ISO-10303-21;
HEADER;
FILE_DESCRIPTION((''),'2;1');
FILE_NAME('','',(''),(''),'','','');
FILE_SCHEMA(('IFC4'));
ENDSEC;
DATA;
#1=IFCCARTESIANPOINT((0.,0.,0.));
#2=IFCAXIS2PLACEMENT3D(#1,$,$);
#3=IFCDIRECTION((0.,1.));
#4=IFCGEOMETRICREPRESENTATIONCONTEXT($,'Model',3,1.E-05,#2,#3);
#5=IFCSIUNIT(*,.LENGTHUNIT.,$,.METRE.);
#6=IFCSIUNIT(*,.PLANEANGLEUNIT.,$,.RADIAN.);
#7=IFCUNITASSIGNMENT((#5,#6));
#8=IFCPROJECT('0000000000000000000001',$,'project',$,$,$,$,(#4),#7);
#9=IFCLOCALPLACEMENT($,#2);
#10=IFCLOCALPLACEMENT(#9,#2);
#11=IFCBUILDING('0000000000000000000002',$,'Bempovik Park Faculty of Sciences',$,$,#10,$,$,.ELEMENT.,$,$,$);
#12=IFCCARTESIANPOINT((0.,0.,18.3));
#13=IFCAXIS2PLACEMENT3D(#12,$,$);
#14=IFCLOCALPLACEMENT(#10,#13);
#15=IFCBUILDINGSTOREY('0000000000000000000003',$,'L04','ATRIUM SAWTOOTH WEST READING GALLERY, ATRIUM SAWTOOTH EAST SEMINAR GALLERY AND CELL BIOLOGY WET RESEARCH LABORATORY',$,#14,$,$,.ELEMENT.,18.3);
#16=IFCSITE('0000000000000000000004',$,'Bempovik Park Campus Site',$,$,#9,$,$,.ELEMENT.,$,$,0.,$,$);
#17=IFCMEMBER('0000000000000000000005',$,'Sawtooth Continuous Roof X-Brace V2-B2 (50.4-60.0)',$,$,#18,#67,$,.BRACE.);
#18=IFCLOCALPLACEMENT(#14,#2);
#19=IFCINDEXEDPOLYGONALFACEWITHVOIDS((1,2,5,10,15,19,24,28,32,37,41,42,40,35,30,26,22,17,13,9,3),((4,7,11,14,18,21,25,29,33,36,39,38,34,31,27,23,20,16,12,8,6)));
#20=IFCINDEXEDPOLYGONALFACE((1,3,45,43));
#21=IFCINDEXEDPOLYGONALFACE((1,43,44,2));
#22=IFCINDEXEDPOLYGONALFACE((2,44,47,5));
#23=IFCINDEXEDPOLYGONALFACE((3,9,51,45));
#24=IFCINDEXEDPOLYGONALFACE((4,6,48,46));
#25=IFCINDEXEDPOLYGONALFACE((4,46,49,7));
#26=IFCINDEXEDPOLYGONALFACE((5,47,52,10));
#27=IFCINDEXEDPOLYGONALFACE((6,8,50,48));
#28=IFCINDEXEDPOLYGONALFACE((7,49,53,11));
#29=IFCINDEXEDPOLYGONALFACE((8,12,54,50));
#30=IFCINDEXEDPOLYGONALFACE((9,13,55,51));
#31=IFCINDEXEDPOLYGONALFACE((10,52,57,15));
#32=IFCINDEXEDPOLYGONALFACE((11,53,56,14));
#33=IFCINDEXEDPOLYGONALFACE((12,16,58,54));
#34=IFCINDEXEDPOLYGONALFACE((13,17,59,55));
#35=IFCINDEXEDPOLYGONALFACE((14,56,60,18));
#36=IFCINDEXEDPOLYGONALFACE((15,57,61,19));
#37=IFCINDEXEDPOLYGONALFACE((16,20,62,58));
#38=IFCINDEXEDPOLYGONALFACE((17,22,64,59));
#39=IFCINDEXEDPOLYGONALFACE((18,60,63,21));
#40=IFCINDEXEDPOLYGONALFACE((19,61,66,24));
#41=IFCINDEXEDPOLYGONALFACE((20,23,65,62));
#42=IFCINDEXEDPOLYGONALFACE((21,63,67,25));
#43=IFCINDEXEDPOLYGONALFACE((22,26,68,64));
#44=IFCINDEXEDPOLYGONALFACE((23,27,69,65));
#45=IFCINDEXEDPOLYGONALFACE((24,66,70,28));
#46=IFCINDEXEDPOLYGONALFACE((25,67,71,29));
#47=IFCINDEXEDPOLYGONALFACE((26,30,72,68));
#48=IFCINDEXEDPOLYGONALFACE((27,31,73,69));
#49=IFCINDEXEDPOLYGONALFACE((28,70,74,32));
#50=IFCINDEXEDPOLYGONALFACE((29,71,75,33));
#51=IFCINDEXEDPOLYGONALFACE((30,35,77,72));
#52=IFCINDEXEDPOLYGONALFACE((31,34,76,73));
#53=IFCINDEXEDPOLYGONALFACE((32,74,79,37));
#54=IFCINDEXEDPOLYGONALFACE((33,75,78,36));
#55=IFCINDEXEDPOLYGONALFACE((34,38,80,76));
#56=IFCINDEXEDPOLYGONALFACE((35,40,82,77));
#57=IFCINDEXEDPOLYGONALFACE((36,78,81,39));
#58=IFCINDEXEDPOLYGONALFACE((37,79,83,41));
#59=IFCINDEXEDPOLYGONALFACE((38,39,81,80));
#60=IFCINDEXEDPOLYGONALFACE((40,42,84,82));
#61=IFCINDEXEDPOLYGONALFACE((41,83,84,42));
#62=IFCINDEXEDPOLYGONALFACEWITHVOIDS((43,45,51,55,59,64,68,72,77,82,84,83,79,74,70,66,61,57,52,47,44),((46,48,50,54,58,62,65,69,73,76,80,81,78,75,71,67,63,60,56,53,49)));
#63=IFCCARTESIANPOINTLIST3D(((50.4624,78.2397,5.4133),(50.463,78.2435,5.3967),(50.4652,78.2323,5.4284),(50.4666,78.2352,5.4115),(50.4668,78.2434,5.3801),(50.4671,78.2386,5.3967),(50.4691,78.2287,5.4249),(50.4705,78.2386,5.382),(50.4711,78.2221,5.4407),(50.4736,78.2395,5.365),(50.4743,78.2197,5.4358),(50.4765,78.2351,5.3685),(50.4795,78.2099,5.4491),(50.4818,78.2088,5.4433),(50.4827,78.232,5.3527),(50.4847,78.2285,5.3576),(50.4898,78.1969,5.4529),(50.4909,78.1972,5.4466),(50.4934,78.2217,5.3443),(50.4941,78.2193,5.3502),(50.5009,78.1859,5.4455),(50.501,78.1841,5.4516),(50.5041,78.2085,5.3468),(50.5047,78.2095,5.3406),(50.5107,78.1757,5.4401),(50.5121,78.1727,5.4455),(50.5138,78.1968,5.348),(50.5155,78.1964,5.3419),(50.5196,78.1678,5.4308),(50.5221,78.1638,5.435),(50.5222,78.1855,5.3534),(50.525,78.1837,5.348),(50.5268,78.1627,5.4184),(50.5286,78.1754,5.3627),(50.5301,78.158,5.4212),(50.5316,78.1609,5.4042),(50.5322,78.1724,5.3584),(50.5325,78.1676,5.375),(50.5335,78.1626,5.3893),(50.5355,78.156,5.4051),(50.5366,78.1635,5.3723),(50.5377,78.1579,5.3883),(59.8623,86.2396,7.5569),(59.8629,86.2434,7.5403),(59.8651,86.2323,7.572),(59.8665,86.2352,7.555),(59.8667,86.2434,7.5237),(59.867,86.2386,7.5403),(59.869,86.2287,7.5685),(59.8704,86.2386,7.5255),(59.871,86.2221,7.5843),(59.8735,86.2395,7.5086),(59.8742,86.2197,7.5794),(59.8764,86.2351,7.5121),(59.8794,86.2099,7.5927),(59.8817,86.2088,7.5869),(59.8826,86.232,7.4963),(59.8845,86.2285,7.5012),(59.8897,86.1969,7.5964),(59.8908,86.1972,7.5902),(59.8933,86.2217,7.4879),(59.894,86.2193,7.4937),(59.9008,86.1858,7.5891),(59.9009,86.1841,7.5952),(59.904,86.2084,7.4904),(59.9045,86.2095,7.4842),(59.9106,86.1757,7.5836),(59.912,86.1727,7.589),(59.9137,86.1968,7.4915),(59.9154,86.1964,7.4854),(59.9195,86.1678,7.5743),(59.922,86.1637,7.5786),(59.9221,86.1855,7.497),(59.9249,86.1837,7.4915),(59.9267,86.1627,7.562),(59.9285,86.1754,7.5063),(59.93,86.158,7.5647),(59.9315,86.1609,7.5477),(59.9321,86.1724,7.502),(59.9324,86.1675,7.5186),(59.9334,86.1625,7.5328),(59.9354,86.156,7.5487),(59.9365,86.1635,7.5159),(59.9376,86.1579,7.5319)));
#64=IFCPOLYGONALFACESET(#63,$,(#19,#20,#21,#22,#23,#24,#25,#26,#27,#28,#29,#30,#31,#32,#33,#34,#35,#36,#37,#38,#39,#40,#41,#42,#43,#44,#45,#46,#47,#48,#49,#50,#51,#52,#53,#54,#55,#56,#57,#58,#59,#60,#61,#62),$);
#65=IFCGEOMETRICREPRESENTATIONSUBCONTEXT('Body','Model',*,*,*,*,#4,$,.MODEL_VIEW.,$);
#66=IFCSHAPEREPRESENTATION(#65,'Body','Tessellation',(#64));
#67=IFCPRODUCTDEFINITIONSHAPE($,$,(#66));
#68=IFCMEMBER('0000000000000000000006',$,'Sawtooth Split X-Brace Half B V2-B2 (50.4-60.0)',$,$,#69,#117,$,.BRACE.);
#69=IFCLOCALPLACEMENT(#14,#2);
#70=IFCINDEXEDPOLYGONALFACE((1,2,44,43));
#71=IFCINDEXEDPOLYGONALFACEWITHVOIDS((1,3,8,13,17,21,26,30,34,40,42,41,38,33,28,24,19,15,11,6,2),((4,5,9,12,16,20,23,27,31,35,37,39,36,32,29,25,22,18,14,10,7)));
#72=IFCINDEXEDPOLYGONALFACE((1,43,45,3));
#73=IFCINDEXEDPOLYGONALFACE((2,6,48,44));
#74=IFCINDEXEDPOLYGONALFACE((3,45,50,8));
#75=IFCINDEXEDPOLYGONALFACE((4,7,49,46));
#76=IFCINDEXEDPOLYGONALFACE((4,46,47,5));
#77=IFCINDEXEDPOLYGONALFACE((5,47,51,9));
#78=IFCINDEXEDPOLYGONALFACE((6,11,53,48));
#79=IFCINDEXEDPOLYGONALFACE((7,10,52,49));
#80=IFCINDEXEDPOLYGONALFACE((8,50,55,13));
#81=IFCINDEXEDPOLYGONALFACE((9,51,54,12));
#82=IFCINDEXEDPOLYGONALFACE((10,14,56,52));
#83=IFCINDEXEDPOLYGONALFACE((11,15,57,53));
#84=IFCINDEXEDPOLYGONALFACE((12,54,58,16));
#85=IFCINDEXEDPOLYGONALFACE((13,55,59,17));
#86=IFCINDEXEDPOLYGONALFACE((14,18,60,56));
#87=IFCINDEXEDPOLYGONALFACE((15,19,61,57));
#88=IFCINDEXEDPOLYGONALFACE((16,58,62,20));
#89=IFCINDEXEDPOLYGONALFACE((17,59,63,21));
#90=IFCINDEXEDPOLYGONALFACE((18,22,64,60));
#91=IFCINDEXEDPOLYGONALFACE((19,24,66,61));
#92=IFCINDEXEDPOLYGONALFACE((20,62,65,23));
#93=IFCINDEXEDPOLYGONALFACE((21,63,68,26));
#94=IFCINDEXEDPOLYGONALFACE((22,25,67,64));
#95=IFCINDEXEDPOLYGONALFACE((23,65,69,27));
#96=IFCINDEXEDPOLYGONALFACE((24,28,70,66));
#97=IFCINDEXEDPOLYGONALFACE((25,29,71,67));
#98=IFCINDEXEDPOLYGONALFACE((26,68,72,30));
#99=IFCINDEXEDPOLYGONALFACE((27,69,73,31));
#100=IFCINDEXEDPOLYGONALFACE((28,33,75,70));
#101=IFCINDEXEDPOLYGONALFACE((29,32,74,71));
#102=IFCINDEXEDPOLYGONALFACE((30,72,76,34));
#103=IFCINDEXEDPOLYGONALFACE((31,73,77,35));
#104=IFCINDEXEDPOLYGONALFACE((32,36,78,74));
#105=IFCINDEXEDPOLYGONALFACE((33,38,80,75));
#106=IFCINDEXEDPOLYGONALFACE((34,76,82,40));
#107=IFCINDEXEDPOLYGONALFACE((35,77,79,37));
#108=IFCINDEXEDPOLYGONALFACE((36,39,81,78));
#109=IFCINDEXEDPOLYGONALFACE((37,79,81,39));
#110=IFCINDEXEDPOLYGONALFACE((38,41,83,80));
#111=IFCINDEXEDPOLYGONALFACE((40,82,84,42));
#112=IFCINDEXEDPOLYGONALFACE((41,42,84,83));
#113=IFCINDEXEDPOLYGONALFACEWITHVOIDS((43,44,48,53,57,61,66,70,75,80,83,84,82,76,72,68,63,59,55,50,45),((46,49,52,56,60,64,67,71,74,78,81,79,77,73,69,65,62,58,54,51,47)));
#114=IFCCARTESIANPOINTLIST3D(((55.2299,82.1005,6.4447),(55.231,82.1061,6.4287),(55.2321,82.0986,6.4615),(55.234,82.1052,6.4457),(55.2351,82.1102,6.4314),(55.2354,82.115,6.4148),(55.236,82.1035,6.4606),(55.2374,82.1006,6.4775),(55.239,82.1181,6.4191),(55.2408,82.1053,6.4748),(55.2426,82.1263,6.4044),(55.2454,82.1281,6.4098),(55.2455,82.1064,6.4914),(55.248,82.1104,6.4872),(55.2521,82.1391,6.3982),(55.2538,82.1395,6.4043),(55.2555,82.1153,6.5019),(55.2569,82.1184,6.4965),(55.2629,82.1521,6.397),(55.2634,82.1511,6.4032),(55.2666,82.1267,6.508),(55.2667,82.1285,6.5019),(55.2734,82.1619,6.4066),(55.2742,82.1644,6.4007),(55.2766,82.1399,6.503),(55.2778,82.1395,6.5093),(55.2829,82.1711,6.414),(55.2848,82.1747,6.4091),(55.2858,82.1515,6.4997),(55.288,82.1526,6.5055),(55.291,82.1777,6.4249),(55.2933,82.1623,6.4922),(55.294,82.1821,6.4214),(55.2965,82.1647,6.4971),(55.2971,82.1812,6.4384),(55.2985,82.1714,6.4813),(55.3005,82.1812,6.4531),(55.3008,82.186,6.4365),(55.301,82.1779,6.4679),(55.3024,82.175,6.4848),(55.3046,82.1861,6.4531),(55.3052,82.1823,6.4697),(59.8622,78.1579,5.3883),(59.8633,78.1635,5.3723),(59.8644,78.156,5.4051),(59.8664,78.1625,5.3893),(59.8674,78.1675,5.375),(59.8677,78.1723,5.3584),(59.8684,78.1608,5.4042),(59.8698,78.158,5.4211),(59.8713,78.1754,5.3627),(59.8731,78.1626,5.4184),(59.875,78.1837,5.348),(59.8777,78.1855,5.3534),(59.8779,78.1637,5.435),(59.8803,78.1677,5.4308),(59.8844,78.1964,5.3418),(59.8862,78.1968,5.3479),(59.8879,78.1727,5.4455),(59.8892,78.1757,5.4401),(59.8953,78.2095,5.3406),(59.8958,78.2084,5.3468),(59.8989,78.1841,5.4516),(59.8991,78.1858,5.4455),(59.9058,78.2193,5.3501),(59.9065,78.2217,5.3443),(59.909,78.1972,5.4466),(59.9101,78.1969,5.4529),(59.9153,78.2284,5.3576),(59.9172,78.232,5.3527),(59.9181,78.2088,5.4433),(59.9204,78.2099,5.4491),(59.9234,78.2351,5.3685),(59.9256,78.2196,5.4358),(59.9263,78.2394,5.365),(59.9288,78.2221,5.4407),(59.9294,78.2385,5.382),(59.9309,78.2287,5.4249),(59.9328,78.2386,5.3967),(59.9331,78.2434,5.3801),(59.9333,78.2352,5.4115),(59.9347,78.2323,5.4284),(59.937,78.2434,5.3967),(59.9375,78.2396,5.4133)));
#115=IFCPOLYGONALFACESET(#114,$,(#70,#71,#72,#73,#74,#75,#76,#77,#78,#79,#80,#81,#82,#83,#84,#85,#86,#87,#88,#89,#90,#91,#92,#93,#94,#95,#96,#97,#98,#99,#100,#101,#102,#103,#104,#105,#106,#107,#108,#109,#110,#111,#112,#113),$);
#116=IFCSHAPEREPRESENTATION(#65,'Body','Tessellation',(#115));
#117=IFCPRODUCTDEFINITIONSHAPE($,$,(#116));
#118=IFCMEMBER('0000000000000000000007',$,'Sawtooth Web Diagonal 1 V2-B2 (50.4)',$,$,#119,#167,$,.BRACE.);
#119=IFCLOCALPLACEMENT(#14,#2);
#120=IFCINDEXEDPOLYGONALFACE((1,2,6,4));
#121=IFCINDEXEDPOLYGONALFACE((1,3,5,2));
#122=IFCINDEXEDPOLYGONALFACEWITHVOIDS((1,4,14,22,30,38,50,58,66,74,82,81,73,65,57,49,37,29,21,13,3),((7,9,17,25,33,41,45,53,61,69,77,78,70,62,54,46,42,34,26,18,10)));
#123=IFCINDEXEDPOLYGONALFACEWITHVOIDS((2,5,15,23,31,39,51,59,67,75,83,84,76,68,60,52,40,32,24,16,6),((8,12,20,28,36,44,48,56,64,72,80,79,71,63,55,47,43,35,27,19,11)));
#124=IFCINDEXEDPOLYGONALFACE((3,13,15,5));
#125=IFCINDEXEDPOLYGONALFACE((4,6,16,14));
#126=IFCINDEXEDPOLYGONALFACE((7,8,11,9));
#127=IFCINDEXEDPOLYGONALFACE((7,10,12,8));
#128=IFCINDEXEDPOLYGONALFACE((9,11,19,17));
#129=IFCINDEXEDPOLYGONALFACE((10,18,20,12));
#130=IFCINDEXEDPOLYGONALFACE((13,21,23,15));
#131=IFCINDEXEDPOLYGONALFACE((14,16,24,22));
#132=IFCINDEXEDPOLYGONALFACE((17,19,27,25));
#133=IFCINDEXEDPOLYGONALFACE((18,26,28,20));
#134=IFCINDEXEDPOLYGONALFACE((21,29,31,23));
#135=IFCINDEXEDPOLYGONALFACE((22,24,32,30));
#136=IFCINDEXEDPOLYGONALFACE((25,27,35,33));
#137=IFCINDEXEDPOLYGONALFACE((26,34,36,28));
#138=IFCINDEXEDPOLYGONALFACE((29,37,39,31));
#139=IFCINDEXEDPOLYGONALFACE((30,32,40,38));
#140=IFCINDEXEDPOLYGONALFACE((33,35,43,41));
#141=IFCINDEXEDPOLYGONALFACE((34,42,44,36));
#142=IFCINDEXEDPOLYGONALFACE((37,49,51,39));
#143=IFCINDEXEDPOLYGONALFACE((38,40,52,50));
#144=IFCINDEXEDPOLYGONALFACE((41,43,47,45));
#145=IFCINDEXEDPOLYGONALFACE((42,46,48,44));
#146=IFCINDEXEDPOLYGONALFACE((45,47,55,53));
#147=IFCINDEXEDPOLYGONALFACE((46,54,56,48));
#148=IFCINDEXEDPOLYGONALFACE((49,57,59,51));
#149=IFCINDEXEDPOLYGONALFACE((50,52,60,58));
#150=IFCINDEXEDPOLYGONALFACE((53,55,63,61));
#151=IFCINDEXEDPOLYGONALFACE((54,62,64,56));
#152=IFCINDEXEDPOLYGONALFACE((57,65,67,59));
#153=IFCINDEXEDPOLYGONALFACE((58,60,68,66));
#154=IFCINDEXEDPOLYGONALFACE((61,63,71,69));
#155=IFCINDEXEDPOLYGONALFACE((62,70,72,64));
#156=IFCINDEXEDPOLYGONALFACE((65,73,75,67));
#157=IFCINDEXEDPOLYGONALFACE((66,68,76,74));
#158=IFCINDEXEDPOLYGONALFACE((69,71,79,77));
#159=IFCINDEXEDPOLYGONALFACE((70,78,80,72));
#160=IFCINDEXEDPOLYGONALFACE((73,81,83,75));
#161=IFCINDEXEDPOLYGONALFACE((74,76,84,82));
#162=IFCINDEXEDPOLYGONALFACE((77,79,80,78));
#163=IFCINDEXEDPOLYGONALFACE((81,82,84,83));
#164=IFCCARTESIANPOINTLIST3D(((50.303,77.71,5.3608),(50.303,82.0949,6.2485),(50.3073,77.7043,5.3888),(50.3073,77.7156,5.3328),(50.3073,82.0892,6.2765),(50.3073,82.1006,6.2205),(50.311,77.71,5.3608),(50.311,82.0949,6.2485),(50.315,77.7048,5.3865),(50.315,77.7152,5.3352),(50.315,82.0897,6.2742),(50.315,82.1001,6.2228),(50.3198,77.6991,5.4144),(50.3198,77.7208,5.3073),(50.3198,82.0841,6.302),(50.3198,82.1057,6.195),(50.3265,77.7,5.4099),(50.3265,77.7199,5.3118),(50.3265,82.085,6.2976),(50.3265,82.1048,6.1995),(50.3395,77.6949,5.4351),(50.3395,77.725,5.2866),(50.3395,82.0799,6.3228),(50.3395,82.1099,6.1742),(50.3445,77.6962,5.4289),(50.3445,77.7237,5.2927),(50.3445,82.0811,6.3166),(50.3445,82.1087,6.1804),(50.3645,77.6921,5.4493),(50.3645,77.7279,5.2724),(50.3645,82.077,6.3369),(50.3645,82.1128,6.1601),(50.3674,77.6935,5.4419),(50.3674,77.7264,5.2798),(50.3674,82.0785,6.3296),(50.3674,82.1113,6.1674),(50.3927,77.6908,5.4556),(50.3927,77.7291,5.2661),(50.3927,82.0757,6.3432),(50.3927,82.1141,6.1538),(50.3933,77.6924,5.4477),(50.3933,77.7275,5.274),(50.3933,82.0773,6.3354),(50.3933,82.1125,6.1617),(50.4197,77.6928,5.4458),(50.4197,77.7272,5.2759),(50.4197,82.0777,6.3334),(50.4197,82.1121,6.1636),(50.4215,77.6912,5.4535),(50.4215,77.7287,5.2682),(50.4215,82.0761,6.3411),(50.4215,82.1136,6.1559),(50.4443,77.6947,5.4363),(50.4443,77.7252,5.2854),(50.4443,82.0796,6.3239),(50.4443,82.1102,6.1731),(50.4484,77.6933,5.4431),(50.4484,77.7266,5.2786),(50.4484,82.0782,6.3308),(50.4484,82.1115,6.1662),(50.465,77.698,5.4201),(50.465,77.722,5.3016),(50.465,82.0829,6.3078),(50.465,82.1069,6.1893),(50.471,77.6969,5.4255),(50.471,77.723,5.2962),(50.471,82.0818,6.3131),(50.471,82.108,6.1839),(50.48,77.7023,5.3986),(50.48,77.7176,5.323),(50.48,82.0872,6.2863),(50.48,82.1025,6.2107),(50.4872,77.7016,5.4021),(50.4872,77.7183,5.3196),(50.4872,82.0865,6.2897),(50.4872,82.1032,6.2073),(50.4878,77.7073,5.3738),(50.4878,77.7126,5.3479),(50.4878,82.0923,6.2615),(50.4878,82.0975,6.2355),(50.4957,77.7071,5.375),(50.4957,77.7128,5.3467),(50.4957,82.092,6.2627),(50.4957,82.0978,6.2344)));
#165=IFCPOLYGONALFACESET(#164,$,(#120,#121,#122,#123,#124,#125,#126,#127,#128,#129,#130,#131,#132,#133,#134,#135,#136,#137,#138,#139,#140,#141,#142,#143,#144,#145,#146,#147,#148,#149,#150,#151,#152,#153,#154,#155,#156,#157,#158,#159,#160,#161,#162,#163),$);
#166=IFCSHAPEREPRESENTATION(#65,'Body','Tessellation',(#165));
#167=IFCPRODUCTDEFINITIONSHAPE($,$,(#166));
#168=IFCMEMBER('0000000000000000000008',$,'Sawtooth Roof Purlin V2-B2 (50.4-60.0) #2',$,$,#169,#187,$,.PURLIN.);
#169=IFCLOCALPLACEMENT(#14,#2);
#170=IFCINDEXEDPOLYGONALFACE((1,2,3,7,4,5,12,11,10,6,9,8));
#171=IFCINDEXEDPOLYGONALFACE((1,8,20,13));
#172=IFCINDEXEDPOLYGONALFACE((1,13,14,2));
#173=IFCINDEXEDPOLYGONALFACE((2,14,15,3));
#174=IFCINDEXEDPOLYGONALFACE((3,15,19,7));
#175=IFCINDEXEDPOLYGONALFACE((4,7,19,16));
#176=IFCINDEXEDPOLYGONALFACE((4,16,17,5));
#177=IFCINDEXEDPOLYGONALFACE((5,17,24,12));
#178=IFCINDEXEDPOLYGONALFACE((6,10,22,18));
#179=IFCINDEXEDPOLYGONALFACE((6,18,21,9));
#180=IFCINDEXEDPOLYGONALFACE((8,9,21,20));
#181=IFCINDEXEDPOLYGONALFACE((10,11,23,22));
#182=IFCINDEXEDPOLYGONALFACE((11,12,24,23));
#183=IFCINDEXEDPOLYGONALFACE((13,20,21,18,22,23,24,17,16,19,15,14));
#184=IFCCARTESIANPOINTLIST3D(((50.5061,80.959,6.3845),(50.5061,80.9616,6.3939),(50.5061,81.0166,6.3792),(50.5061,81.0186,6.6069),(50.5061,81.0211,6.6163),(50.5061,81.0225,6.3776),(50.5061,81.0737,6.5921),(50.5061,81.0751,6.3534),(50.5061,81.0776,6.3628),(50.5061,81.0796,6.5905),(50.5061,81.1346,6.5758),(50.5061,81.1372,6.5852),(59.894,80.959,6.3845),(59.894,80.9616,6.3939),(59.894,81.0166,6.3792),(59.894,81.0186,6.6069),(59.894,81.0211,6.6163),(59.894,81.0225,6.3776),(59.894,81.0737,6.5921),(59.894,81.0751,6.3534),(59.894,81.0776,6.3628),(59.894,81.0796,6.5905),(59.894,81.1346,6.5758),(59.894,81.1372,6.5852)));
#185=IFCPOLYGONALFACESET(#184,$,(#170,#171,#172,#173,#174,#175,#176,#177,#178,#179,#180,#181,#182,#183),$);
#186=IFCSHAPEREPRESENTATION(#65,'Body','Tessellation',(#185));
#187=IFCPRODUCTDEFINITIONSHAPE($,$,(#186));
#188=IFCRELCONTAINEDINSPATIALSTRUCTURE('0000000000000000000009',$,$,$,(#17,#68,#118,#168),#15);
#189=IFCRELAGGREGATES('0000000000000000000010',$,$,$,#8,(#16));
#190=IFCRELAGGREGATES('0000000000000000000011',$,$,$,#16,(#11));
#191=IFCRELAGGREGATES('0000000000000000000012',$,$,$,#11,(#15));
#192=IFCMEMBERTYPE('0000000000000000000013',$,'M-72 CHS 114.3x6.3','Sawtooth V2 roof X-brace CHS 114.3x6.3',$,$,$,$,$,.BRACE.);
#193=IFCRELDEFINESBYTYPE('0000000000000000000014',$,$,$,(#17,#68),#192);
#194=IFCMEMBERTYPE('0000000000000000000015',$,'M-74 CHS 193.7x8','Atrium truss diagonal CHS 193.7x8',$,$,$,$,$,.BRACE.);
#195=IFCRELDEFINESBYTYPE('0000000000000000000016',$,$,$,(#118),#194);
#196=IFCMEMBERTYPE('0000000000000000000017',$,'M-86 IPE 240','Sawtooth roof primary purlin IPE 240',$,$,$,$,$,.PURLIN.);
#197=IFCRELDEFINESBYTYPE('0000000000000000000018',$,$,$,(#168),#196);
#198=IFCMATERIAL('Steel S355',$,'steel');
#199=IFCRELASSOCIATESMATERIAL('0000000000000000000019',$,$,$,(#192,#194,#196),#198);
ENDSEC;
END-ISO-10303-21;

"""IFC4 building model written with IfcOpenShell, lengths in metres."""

from ifc_helpers import new_model, si_unit, direction, frame, origin, origin_2d, place, context, subcontext, project, spatial, hollow_circle, i_section, extrude, material, material_profile, profile_set, type_object, element, save


model = new_model("IFC4")

# Units and contexts
model_context = context("Model", 3, precision=1e-05, world=origin(), true_north=direction((0.0, 1.0)))
body_context = subcontext(model_context, "Body", "Model", "MODEL_VIEW")
ifc_project = project(units=[si_unit("LENGTHUNIT", "METRE"), si_unit("PLANEANGLEUNIT", "RADIAN")], contexts=[model_context])

# Site, building, storey
site_placement = place(None, origin())
site = spatial("IfcSite", under=ifc_project, at=site_placement, Name="Bempovik Park Campus Site", CompositionType="ELEMENT", RefElevation=0.0)
building_placement = place(site_placement, origin())
building = spatial("IfcBuilding", under=site, at=building_placement, Name="Bempovik Park Faculty of Sciences", CompositionType="ELEMENT")
storey_placement = place(building_placement, frame((0.0, 0.0, 18.3)))
storey = spatial("IfcBuildingStorey", under=building, at=storey_placement, Name="L04", Description="ATRIUM SAWTOOTH WEST READING GALLERY, ATRIUM SAWTOOTH EAST SEMINAR GALLERY AND CELL BIOLOGY WET RESEARCH LABORATORY", CompositionType="ELEMENT", Elevation=18.3)

# Shared definitions
ifc_material_1 = material(Name="Steel S355", Category="steel")

# Members
ifc_material_profile_1 = material_profile(ifc_material_1, hollow_circle(Radius=0.0571, WallThickness=0.0063, at=origin_2d()), Name="CHS 114.3x6.3")
ifc_profile_set_1 = profile_set([ifc_material_profile_1], Name="Steel S355")
member_type_1 = type_object("IfcMemberType", Name="M-72 CHS 114.3x6.3", Description="Sawtooth V2 roof X-brace CHS 114.3x6.3", PredefinedType="BRACE", material=ifc_profile_set_1)
member_1_placement = place(storey_placement, frame((50.5, 78.2, 5.3967), z_axis=(0.750306, 0.638565, 0.1711), x_axis=(-0.648123, 0.761536, 0.0)))
element("IfcMember", 1, at=member_1_placement, inside=storey, type_object=member_type_1, Name="Sawtooth Continuous Roof X-Brace V2-B2 (50.4-60.0)", PredefinedType="BRACE", context=body_context, shape_type="SweptSolid", body=[
    extrude(hollow_circle(Radius=0.0571, WallThickness=0.0063, at=origin_2d()), origin(), (0.0, 0.0, 1.0), 12.5281),
])
member_2_placement = place(storey_placement, frame((55.2676, 82.1426, 6.4531), z_axis=(0.750291, -0.638582, -0.171103), x_axis=(0.64814, 0.761521, 0.0)))
element("IfcMember", 2, at=member_2_placement, inside=storey, type_object=member_type_1, Name="Sawtooth Split X-Brace Half B V2-B2 (50.4-60.0)", PredefinedType="BRACE", context=body_context, shape_type="SweptSolid", body=[
    extrude(hollow_circle(Radius=0.0571, WallThickness=0.0063, at=origin_2d()), origin(), (0.0, 0.0, 1.0), 6.1741),
])
ifc_material_profile_2 = material_profile(ifc_material_1, hollow_circle(Radius=0.0969, WallThickness=0.0081, at=origin_2d()), Name="CHS 193.7x8")
ifc_profile_set_2 = profile_set([ifc_material_profile_2], Name="Steel S355")
member_type_2 = type_object("IfcMemberType", Name="M-74 CHS 193.7x8", Description="Atrium truss diagonal CHS 193.7x8", PredefinedType="BRACE", material=ifc_profile_set_2)
member_3_placement = place(storey_placement, frame((50.3999, 77.71, 5.3608), z_axis=(0.0, 0.980118, 0.198414), x_axis=(-1.0, 0.0, 0.0)))
element("IfcMember", 3, at=member_3_placement, inside=storey, type_object=member_type_2, Name="Sawtooth Web Diagonal 1 V2-B2 (50.4)", PredefinedType="BRACE", context=body_context, shape_type="SweptSolid", body=[
    extrude(hollow_circle(Radius=0.0969, WallThickness=0.0081, at=origin_2d()), origin(), (0.0, 0.0, 1.0), 4.4739),
])
ifc_material_profile_3 = material_profile(ifc_material_1, i_section(OverallWidth=0.1201, OverallDepth=0.24, WebThickness=0.0061, FlangeThickness=0.0098, at=origin_2d()), Name="IPE 240")
ifc_profile_set_3 = profile_set([ifc_material_profile_3], Name="Steel S355")
member_type_3 = type_object("IfcMemberType", Name="M-86 IPE 240", Description="Sawtooth roof primary purlin IPE 240", PredefinedType="PURLIN", material=ifc_profile_set_3)
member_4_placement = place(storey_placement, frame((50.5061, 81.0481, 6.4849), z_axis=(1.0, 0.0, 0.0), x_axis=(0.0, 0.965926, -0.258819)))
element("IfcMember", 4, at=member_4_placement, inside=storey, type_object=member_type_3, Name="Sawtooth Roof Purlin V2-B2 (50.4-60.0) #2", PredefinedType="PURLIN", context=body_context, shape_type="SweptSolid", body=[
    extrude(i_section(OverallWidth=0.1201, OverallDepth=0.24, WebThickness=0.0061, FlangeThickness=0.0098, at=origin_2d()), origin(), (0.0, 0.0, 1.0), 9.3879),
])

save(model, "model.ifc")
